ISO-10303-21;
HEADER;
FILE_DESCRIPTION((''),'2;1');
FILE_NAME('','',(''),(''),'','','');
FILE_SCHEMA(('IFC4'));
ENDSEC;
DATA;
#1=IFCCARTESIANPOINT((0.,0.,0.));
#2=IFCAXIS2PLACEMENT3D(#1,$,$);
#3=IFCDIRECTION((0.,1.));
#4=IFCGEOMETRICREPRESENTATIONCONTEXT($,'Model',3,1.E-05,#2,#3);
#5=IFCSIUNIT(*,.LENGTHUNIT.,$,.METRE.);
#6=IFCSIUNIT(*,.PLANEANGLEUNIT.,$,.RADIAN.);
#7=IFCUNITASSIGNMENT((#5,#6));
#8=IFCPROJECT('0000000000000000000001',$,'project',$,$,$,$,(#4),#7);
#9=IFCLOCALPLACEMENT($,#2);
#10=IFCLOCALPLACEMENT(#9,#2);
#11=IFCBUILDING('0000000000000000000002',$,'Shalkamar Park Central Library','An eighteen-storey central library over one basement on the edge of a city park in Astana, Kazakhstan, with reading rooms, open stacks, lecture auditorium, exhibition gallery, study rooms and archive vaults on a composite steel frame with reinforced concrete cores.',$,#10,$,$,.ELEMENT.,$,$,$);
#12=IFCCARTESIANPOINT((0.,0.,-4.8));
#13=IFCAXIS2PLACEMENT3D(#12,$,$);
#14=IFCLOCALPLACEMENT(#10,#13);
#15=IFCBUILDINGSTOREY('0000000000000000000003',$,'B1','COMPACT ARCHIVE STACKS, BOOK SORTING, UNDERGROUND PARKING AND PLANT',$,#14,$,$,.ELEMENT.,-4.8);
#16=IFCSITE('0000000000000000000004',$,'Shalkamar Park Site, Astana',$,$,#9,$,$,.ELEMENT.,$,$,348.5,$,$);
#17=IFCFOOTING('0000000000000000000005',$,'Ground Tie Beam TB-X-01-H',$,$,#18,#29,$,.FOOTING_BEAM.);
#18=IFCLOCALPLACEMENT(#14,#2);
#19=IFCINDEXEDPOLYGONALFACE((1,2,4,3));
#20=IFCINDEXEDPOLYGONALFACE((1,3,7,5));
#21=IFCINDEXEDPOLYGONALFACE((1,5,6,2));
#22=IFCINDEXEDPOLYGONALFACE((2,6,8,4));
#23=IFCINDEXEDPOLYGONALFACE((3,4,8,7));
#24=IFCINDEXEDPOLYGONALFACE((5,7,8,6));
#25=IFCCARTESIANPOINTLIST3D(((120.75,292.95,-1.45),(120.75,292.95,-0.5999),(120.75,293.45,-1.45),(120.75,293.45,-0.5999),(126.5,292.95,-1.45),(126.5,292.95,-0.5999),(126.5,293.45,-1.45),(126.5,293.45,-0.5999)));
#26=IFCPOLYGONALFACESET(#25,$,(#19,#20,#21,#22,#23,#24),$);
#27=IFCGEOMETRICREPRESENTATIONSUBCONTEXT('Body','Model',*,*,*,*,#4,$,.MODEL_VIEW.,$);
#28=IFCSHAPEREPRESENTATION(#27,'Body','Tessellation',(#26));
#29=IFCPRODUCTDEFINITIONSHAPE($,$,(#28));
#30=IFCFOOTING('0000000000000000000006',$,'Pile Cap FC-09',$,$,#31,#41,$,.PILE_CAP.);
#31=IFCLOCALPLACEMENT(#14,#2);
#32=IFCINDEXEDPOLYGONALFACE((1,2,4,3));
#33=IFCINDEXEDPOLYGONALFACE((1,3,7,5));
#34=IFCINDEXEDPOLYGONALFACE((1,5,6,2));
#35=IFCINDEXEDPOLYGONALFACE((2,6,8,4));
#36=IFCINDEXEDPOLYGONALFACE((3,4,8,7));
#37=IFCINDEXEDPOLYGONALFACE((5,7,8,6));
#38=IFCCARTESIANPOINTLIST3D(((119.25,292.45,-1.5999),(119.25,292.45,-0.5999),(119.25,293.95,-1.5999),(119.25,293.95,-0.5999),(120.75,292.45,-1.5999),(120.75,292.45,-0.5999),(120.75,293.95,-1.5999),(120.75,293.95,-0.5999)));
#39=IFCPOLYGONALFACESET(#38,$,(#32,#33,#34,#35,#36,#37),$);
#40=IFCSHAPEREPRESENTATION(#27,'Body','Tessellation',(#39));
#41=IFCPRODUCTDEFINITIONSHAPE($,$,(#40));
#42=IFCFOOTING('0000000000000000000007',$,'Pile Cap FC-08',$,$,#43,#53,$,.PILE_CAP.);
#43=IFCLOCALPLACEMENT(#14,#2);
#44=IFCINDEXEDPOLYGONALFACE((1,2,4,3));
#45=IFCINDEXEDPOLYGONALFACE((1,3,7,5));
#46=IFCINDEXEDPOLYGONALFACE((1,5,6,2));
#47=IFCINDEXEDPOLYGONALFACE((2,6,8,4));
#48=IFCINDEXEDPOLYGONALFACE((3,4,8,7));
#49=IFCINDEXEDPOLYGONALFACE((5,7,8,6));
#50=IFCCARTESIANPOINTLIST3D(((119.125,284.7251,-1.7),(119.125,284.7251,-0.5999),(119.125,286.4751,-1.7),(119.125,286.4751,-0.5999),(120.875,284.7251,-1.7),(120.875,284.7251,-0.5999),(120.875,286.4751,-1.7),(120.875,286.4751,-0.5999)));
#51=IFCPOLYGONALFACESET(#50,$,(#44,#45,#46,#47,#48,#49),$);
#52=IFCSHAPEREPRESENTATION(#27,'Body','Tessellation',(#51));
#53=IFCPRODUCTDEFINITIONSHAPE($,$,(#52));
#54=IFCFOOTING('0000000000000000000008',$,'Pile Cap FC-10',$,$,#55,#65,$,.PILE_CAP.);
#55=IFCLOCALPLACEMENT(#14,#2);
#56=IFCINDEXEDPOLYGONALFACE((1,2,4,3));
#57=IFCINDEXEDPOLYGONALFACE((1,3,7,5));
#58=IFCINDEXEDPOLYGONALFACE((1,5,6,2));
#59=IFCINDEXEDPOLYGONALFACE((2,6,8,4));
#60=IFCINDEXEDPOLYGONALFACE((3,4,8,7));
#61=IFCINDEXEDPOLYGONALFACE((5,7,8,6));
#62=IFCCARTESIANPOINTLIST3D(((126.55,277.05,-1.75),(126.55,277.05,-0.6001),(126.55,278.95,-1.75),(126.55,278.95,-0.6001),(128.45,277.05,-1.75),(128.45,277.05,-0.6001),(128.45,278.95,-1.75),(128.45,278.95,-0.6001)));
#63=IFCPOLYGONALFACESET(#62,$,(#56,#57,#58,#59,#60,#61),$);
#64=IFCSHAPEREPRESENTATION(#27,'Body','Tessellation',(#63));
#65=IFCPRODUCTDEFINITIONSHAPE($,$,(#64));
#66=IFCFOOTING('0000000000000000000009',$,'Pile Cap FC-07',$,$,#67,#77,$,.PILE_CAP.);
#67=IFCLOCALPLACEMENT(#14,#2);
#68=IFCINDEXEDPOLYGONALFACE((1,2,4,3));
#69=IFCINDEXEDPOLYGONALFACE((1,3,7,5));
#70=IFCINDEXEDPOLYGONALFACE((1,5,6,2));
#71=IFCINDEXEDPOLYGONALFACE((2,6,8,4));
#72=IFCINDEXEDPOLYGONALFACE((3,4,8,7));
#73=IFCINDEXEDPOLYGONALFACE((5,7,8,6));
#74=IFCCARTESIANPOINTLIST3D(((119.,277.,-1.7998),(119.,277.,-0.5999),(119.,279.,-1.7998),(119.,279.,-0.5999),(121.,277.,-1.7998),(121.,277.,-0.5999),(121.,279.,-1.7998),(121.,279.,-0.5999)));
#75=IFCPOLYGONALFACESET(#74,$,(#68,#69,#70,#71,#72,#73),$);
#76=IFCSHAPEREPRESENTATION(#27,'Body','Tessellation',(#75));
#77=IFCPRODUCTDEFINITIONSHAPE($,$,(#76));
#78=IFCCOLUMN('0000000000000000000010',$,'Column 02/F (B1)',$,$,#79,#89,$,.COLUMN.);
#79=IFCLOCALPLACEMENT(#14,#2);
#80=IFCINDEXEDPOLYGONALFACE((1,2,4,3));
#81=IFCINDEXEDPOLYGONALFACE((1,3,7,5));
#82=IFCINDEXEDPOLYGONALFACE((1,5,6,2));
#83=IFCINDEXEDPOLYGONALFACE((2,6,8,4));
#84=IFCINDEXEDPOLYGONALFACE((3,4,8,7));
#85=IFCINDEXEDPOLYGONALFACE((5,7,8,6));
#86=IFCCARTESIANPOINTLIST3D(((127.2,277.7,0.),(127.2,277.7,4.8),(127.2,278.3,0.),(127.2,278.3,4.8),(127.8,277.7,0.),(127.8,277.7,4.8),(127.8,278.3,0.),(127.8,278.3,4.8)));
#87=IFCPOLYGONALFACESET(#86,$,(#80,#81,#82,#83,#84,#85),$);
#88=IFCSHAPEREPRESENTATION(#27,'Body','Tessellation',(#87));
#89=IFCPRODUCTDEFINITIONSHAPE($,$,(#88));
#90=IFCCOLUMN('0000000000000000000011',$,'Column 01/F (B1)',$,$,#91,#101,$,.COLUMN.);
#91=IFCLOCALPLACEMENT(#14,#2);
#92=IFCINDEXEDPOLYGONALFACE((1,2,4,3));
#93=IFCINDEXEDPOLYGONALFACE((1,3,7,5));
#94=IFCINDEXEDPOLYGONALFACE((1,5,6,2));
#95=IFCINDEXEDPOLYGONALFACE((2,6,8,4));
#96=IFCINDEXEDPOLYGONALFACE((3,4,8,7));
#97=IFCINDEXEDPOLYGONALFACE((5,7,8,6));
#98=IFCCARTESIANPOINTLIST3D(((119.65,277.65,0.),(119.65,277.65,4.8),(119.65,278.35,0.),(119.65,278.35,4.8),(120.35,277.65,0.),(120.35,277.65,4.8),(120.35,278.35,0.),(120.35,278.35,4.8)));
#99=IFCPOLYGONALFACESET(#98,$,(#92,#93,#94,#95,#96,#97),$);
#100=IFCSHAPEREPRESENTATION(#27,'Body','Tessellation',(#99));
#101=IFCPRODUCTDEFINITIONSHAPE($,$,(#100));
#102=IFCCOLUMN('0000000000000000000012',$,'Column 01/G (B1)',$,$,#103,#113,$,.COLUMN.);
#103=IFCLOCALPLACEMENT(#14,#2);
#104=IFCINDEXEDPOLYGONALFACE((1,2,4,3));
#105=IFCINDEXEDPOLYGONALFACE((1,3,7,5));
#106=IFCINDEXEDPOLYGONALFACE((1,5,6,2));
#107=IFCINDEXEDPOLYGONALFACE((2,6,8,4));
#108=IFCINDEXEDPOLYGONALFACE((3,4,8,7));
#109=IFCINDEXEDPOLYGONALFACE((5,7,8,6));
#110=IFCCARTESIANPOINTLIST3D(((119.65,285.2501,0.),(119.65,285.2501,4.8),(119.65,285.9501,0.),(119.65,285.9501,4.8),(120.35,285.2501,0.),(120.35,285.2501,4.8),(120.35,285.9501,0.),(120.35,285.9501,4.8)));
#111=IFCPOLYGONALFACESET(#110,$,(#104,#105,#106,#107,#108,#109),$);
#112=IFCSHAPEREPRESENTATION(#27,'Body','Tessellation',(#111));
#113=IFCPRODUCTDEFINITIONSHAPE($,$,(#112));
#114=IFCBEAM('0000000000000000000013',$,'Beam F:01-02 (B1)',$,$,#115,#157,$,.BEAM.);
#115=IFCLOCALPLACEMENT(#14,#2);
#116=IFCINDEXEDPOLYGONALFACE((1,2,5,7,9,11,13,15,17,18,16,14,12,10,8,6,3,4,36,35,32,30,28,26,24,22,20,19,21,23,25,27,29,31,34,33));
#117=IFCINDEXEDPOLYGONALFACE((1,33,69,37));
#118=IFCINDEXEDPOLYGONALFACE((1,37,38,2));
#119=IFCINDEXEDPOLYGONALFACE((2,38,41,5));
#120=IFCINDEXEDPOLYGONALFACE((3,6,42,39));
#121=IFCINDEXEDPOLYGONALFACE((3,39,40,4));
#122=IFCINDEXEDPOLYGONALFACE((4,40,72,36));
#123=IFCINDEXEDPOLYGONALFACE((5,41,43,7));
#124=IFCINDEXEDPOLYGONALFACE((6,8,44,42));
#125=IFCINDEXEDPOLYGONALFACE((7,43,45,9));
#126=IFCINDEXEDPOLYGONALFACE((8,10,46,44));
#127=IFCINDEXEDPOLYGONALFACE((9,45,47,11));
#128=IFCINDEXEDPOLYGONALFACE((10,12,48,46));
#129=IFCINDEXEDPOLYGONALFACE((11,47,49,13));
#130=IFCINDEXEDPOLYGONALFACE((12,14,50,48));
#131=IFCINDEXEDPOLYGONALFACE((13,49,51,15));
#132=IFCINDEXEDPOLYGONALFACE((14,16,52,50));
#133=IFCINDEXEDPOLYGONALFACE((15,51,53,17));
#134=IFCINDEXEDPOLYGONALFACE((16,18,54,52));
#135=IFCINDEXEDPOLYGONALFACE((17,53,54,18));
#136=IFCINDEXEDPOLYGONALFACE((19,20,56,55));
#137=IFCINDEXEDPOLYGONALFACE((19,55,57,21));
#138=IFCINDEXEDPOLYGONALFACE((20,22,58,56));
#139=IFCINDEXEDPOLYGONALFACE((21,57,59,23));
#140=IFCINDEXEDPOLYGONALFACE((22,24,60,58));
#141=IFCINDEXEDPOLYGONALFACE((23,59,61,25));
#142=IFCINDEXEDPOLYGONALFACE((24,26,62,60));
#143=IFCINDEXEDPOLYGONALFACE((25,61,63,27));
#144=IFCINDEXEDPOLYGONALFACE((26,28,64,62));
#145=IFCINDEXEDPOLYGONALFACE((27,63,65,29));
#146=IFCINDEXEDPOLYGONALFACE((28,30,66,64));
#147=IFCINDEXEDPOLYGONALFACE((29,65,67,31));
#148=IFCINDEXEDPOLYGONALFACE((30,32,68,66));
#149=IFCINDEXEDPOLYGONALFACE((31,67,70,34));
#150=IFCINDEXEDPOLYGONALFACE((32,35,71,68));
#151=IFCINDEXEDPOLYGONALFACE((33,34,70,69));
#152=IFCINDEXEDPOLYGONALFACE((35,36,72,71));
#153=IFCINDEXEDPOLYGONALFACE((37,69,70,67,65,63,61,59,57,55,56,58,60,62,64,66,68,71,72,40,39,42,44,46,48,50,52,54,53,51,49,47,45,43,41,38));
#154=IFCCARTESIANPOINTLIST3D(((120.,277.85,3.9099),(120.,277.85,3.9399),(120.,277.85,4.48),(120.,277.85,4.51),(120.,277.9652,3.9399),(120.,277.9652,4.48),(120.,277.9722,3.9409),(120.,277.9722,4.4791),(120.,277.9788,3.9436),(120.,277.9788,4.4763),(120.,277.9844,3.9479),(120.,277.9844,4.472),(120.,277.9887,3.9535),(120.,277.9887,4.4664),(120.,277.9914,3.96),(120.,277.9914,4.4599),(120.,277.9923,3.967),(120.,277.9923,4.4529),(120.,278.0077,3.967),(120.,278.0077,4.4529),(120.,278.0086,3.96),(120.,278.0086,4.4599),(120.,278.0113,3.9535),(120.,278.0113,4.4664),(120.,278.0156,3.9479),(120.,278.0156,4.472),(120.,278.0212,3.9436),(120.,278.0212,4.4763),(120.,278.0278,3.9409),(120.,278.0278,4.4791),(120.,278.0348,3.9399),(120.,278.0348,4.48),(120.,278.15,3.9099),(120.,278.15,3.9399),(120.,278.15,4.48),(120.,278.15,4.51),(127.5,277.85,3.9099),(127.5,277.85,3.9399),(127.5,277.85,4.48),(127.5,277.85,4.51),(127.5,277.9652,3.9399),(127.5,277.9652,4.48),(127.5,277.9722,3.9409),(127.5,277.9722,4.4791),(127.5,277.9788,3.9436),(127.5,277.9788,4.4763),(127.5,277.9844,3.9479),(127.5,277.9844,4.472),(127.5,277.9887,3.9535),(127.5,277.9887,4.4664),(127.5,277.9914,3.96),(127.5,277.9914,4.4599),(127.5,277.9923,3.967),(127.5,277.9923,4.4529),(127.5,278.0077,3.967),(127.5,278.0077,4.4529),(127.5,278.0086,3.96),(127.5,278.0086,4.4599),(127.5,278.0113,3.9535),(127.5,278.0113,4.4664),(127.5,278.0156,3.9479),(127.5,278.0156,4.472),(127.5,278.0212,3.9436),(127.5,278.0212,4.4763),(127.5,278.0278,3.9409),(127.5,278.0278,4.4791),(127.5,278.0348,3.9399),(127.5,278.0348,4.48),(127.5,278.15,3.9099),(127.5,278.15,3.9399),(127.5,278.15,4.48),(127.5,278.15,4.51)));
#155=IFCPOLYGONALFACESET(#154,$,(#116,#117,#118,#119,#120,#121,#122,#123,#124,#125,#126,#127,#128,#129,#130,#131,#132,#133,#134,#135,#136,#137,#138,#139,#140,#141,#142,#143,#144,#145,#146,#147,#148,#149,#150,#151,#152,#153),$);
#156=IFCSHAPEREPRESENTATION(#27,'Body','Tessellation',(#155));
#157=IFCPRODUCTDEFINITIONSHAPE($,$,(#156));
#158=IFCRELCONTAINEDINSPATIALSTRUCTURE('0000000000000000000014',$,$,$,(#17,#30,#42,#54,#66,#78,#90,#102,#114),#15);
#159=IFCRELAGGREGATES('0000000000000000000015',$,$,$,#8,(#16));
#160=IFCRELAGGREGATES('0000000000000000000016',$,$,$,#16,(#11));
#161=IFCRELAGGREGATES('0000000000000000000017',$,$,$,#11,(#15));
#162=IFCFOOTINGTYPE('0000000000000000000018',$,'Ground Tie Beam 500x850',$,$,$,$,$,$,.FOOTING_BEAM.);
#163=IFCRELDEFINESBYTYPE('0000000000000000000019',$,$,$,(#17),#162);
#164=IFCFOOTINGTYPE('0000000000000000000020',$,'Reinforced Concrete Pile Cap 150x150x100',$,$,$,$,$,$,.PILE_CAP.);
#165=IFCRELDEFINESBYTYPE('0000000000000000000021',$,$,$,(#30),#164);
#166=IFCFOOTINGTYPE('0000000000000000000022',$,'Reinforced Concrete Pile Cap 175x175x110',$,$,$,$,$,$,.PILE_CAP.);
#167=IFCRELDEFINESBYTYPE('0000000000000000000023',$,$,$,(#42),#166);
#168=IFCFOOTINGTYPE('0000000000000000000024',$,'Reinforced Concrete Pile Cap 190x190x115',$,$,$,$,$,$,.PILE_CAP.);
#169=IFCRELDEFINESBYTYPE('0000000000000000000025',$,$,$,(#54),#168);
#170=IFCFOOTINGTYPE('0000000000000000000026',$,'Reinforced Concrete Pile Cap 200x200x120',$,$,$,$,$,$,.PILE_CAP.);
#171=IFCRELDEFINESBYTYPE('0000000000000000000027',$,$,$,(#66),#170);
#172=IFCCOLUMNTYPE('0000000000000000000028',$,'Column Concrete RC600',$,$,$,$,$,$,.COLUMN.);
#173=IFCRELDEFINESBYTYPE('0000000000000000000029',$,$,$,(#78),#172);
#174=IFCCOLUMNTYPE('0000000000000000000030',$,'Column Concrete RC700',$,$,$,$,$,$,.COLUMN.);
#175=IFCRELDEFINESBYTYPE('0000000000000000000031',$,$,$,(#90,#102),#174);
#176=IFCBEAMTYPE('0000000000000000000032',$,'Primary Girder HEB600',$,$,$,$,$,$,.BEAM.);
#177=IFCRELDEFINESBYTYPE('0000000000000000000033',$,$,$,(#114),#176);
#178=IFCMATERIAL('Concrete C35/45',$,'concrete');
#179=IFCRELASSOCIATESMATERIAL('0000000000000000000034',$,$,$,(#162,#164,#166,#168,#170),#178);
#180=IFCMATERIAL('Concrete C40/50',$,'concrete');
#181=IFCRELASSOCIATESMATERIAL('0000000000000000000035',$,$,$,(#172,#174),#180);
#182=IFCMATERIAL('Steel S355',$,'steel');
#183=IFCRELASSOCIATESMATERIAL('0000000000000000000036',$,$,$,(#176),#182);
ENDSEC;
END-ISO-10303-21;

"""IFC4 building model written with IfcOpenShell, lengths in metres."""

from ifc_helpers import new_model, si_unit, direction, frame, origin, origin_2d, place, context, subcontext, project, spatial, rectangle, i_section, extrude, material, material_profile, profile_set, type_object, element, save


model = new_model("IFC4")

# Units and contexts
model_context = context("Model", 3, precision=1e-05, world=origin(), true_north=direction((0.0, 1.0)))
body_context = subcontext(model_context, "Body", "Model", "MODEL_VIEW")
ifc_project = project(units=[si_unit("LENGTHUNIT", "METRE"), si_unit("PLANEANGLEUNIT", "RADIAN")], contexts=[model_context])

# Site, building, storey
site_placement = place(None, origin())
site = spatial("IfcSite", under=ifc_project, at=site_placement, Name="Shalkamar Park Site, Astana", CompositionType="ELEMENT", RefElevation=348.5)
building_placement = place(site_placement, origin())
building = spatial("IfcBuilding", under=site, at=building_placement, Name="Shalkamar Park Central Library", Description="An eighteen-storey central library over one basement on the edge of a city park in Astana, Kazakhstan, with reading rooms, open stacks, lecture auditorium, exhibition gallery, study rooms and archive vaults on a composite steel frame with reinforced concrete cores.", CompositionType="ELEMENT")
storey_placement = place(building_placement, frame((0.0, 0.0, -4.8)))
storey = spatial("IfcBuildingStorey", under=building, at=storey_placement, Name="B1", Description="COMPACT ARCHIVE STACKS, BOOK SORTING, UNDERGROUND PARKING AND PLANT", CompositionType="ELEMENT", Elevation=-4.8)

# Shared definitions
ifc_material_1 = material(Name="Concrete C35/45", Category="concrete")

# Footings
footing_type_1 = type_object("IfcFootingType", Name="Ground Tie Beam 500x850", PredefinedType="FOOTING_BEAM", material=ifc_material_1)
footing_1_placement = place(storey_placement, frame((123.625, 293.2, -1.45), z_axis=(0.0, 0.0, 1.0), x_axis=(1.0, 0.0, 0.0)))
element("IfcFooting", 1, at=footing_1_placement, inside=storey, type_object=footing_type_1, Name="Ground Tie Beam TB-X-01-H", PredefinedType="FOOTING_BEAM", context=body_context, shape_type="SweptSolid", body=[
    extrude(rectangle(XDim=5.75, YDim=0.5, at=origin_2d()), origin(), (0.0, 0.0, 1.0), 0.8501),
])
footing_type_2 = type_object("IfcFootingType", Name="Reinforced Concrete Pile Cap 150x150x100", PredefinedType="PILE_CAP", material=ifc_material_1)
footing_2_placement = place(storey_placement, frame((120.0, 293.2, -1.5999), z_axis=(0.0, 0.0, 1.0), x_axis=(1.0, 0.0, 0.0)))
element("IfcFooting", 2, at=footing_2_placement, inside=storey, type_object=footing_type_2, Name="Pile Cap FC-09", PredefinedType="PILE_CAP", context=body_context, shape_type="SweptSolid", body=[
    extrude(rectangle(XDim=1.5, YDim=1.5, at=origin_2d()), origin(), (0.0, 0.0, 1.0), 1.0),
])
footing_type_3 = type_object("IfcFootingType", Name="Reinforced Concrete Pile Cap 175x175x110", PredefinedType="PILE_CAP", material=ifc_material_1)
footing_3_placement = place(storey_placement, frame((120.0, 285.6001, -1.7), z_axis=(0.0, 0.0, 1.0), x_axis=(1.0, 0.0, 0.0)))
element("IfcFooting", 3, at=footing_3_placement, inside=storey, type_object=footing_type_3, Name="Pile Cap FC-08", PredefinedType="PILE_CAP", context=body_context, shape_type="SweptSolid", body=[
    extrude(rectangle(XDim=1.75, YDim=1.75, at=origin_2d()), origin(), (0.0, 0.0, 1.0), 1.1001),
])
footing_type_4 = type_object("IfcFootingType", Name="Reinforced Concrete Pile Cap 190x190x115", PredefinedType="PILE_CAP", material=ifc_material_1)
footing_4_placement = place(storey_placement, frame((127.5, 278.0, -1.75), z_axis=(0.0, 0.0, 1.0), x_axis=(1.0, 0.0, 0.0)))
element("IfcFooting", 4, at=footing_4_placement, inside=storey, type_object=footing_type_4, Name="Pile Cap FC-10", PredefinedType="PILE_CAP", context=body_context, shape_type="SweptSolid", body=[
    extrude(rectangle(XDim=1.8999, YDim=1.8999, at=origin_2d()), origin(), (0.0, 0.0, 1.0), 1.1499),
])
footing_type_5 = type_object("IfcFootingType", Name="Reinforced Concrete Pile Cap 200x200x120", PredefinedType="PILE_CAP", material=ifc_material_1)
footing_5_placement = place(storey_placement, frame((120.0, 278.0, -1.7998), z_axis=(0.0, 0.0, 1.0), x_axis=(1.0, 0.0, 0.0)))
element("IfcFooting", 5, at=footing_5_placement, inside=storey, type_object=footing_type_5, Name="Pile Cap FC-07", PredefinedType="PILE_CAP", context=body_context, shape_type="SweptSolid", body=[
    extrude(rectangle(XDim=2.0, YDim=2.0, at=origin_2d()), origin(), (0.0, 0.0, 1.0), 1.2),
])

# Columns
ifc_material_2 = material(Name="Concrete C40/50", Category="concrete")
ifc_material_profile_1 = material_profile(ifc_material_2, rectangle(XDim=0.6001, YDim=0.6001, at=origin_2d()), Name="RC 600x600")
ifc_profile_set_1 = profile_set([ifc_material_profile_1], Name="Concrete C40/50")
column_type_1 = type_object("IfcColumnType", Name="Column Concrete RC600", PredefinedType="COLUMN", material=ifc_profile_set_1)
column_placement = place(storey_placement, frame((127.5, 278.0, 0.0), z_axis=(0.0, 0.0, 1.0), x_axis=(1.0, 0.0, 0.0)))
element("IfcColumn", 6, at=column_placement, inside=storey, type_object=column_type_1, Name="Column 02/F (B1)", PredefinedType="COLUMN", context=body_context, shape_type="SweptSolid", body=[
    extrude(rectangle(XDim=0.6001, YDim=0.6001, at=origin_2d()), origin(), (0.0, 0.0, 1.0), 4.8),
])
ifc_material_profile_2 = material_profile(ifc_material_2, rectangle(XDim=0.7, YDim=0.7, at=origin_2d()), Name="RC 700x700")
ifc_profile_set_2 = profile_set([ifc_material_profile_2], Name="Concrete C40/50")
column_type_2 = type_object("IfcColumnType", Name="Column Concrete RC700", PredefinedType="COLUMN", material=ifc_profile_set_2)
for number, where, z_axis, x_axis, name in (
    (7, (120.0, 278.0, 0.0), (0.0, 0.0, 1.0), (1.0, 0.0, 0.0), "Column 01/F (B1)"),
    (8, (120.0, 285.6001, 0.0), (0.0, 0.0, 1.0), (1.0, 0.0, 0.0), "Column 01/G (B1)"),
):
    element("IfcColumn", number, at=place(storey_placement, frame(where, z_axis=z_axis, x_axis=x_axis)), inside=storey, type_object=column_type_2, Name=name, PredefinedType="COLUMN", context=body_context, shape_type="SweptSolid", body=[
        extrude(rectangle(XDim=0.7, YDim=0.7, at=origin_2d()), origin(), (0.0, 0.0, 1.0), 4.8),
    ])

# Beam
ifc_material_3 = material(Name="Steel S355", Category="steel")
ifc_material_profile_3 = material_profile(ifc_material_3, i_section(OverallWidth=0.3, OverallDepth=0.6001, WebThickness=0.0154, FlangeThickness=0.03, FilletRadius=0.0271, at=origin_2d()), Name="HEB 600")
ifc_profile_set_3 = profile_set([ifc_material_profile_3], Name="Steel S355")
beam_type = type_object("IfcBeamType", Name="Primary Girder HEB600", PredefinedType="BEAM", material=ifc_profile_set_3)
for number, where, z_axis, x_axis, name in (
    (9, (120.0, 278.0, 4.21), (1.0, 0.0, 0.0), (0.0, 1.0, 0.0), "Beam F:01-02 (B1)"),
):
    element("IfcBeam", number, at=place(storey_placement, frame(where, z_axis=z_axis, x_axis=x_axis)), inside=storey, type_object=beam_type, Name=name, PredefinedType="BEAM", context=body_context, shape_type="SweptSolid", body=[
        extrude(i_section(OverallWidth=0.3, OverallDepth=0.6001, WebThickness=0.0154, FlangeThickness=0.03, FilletRadius=0.0271, at=origin_2d()), origin(), (0.0, 0.0, 1.0), 7.5),
    ])

save(model, "model.ifc")
